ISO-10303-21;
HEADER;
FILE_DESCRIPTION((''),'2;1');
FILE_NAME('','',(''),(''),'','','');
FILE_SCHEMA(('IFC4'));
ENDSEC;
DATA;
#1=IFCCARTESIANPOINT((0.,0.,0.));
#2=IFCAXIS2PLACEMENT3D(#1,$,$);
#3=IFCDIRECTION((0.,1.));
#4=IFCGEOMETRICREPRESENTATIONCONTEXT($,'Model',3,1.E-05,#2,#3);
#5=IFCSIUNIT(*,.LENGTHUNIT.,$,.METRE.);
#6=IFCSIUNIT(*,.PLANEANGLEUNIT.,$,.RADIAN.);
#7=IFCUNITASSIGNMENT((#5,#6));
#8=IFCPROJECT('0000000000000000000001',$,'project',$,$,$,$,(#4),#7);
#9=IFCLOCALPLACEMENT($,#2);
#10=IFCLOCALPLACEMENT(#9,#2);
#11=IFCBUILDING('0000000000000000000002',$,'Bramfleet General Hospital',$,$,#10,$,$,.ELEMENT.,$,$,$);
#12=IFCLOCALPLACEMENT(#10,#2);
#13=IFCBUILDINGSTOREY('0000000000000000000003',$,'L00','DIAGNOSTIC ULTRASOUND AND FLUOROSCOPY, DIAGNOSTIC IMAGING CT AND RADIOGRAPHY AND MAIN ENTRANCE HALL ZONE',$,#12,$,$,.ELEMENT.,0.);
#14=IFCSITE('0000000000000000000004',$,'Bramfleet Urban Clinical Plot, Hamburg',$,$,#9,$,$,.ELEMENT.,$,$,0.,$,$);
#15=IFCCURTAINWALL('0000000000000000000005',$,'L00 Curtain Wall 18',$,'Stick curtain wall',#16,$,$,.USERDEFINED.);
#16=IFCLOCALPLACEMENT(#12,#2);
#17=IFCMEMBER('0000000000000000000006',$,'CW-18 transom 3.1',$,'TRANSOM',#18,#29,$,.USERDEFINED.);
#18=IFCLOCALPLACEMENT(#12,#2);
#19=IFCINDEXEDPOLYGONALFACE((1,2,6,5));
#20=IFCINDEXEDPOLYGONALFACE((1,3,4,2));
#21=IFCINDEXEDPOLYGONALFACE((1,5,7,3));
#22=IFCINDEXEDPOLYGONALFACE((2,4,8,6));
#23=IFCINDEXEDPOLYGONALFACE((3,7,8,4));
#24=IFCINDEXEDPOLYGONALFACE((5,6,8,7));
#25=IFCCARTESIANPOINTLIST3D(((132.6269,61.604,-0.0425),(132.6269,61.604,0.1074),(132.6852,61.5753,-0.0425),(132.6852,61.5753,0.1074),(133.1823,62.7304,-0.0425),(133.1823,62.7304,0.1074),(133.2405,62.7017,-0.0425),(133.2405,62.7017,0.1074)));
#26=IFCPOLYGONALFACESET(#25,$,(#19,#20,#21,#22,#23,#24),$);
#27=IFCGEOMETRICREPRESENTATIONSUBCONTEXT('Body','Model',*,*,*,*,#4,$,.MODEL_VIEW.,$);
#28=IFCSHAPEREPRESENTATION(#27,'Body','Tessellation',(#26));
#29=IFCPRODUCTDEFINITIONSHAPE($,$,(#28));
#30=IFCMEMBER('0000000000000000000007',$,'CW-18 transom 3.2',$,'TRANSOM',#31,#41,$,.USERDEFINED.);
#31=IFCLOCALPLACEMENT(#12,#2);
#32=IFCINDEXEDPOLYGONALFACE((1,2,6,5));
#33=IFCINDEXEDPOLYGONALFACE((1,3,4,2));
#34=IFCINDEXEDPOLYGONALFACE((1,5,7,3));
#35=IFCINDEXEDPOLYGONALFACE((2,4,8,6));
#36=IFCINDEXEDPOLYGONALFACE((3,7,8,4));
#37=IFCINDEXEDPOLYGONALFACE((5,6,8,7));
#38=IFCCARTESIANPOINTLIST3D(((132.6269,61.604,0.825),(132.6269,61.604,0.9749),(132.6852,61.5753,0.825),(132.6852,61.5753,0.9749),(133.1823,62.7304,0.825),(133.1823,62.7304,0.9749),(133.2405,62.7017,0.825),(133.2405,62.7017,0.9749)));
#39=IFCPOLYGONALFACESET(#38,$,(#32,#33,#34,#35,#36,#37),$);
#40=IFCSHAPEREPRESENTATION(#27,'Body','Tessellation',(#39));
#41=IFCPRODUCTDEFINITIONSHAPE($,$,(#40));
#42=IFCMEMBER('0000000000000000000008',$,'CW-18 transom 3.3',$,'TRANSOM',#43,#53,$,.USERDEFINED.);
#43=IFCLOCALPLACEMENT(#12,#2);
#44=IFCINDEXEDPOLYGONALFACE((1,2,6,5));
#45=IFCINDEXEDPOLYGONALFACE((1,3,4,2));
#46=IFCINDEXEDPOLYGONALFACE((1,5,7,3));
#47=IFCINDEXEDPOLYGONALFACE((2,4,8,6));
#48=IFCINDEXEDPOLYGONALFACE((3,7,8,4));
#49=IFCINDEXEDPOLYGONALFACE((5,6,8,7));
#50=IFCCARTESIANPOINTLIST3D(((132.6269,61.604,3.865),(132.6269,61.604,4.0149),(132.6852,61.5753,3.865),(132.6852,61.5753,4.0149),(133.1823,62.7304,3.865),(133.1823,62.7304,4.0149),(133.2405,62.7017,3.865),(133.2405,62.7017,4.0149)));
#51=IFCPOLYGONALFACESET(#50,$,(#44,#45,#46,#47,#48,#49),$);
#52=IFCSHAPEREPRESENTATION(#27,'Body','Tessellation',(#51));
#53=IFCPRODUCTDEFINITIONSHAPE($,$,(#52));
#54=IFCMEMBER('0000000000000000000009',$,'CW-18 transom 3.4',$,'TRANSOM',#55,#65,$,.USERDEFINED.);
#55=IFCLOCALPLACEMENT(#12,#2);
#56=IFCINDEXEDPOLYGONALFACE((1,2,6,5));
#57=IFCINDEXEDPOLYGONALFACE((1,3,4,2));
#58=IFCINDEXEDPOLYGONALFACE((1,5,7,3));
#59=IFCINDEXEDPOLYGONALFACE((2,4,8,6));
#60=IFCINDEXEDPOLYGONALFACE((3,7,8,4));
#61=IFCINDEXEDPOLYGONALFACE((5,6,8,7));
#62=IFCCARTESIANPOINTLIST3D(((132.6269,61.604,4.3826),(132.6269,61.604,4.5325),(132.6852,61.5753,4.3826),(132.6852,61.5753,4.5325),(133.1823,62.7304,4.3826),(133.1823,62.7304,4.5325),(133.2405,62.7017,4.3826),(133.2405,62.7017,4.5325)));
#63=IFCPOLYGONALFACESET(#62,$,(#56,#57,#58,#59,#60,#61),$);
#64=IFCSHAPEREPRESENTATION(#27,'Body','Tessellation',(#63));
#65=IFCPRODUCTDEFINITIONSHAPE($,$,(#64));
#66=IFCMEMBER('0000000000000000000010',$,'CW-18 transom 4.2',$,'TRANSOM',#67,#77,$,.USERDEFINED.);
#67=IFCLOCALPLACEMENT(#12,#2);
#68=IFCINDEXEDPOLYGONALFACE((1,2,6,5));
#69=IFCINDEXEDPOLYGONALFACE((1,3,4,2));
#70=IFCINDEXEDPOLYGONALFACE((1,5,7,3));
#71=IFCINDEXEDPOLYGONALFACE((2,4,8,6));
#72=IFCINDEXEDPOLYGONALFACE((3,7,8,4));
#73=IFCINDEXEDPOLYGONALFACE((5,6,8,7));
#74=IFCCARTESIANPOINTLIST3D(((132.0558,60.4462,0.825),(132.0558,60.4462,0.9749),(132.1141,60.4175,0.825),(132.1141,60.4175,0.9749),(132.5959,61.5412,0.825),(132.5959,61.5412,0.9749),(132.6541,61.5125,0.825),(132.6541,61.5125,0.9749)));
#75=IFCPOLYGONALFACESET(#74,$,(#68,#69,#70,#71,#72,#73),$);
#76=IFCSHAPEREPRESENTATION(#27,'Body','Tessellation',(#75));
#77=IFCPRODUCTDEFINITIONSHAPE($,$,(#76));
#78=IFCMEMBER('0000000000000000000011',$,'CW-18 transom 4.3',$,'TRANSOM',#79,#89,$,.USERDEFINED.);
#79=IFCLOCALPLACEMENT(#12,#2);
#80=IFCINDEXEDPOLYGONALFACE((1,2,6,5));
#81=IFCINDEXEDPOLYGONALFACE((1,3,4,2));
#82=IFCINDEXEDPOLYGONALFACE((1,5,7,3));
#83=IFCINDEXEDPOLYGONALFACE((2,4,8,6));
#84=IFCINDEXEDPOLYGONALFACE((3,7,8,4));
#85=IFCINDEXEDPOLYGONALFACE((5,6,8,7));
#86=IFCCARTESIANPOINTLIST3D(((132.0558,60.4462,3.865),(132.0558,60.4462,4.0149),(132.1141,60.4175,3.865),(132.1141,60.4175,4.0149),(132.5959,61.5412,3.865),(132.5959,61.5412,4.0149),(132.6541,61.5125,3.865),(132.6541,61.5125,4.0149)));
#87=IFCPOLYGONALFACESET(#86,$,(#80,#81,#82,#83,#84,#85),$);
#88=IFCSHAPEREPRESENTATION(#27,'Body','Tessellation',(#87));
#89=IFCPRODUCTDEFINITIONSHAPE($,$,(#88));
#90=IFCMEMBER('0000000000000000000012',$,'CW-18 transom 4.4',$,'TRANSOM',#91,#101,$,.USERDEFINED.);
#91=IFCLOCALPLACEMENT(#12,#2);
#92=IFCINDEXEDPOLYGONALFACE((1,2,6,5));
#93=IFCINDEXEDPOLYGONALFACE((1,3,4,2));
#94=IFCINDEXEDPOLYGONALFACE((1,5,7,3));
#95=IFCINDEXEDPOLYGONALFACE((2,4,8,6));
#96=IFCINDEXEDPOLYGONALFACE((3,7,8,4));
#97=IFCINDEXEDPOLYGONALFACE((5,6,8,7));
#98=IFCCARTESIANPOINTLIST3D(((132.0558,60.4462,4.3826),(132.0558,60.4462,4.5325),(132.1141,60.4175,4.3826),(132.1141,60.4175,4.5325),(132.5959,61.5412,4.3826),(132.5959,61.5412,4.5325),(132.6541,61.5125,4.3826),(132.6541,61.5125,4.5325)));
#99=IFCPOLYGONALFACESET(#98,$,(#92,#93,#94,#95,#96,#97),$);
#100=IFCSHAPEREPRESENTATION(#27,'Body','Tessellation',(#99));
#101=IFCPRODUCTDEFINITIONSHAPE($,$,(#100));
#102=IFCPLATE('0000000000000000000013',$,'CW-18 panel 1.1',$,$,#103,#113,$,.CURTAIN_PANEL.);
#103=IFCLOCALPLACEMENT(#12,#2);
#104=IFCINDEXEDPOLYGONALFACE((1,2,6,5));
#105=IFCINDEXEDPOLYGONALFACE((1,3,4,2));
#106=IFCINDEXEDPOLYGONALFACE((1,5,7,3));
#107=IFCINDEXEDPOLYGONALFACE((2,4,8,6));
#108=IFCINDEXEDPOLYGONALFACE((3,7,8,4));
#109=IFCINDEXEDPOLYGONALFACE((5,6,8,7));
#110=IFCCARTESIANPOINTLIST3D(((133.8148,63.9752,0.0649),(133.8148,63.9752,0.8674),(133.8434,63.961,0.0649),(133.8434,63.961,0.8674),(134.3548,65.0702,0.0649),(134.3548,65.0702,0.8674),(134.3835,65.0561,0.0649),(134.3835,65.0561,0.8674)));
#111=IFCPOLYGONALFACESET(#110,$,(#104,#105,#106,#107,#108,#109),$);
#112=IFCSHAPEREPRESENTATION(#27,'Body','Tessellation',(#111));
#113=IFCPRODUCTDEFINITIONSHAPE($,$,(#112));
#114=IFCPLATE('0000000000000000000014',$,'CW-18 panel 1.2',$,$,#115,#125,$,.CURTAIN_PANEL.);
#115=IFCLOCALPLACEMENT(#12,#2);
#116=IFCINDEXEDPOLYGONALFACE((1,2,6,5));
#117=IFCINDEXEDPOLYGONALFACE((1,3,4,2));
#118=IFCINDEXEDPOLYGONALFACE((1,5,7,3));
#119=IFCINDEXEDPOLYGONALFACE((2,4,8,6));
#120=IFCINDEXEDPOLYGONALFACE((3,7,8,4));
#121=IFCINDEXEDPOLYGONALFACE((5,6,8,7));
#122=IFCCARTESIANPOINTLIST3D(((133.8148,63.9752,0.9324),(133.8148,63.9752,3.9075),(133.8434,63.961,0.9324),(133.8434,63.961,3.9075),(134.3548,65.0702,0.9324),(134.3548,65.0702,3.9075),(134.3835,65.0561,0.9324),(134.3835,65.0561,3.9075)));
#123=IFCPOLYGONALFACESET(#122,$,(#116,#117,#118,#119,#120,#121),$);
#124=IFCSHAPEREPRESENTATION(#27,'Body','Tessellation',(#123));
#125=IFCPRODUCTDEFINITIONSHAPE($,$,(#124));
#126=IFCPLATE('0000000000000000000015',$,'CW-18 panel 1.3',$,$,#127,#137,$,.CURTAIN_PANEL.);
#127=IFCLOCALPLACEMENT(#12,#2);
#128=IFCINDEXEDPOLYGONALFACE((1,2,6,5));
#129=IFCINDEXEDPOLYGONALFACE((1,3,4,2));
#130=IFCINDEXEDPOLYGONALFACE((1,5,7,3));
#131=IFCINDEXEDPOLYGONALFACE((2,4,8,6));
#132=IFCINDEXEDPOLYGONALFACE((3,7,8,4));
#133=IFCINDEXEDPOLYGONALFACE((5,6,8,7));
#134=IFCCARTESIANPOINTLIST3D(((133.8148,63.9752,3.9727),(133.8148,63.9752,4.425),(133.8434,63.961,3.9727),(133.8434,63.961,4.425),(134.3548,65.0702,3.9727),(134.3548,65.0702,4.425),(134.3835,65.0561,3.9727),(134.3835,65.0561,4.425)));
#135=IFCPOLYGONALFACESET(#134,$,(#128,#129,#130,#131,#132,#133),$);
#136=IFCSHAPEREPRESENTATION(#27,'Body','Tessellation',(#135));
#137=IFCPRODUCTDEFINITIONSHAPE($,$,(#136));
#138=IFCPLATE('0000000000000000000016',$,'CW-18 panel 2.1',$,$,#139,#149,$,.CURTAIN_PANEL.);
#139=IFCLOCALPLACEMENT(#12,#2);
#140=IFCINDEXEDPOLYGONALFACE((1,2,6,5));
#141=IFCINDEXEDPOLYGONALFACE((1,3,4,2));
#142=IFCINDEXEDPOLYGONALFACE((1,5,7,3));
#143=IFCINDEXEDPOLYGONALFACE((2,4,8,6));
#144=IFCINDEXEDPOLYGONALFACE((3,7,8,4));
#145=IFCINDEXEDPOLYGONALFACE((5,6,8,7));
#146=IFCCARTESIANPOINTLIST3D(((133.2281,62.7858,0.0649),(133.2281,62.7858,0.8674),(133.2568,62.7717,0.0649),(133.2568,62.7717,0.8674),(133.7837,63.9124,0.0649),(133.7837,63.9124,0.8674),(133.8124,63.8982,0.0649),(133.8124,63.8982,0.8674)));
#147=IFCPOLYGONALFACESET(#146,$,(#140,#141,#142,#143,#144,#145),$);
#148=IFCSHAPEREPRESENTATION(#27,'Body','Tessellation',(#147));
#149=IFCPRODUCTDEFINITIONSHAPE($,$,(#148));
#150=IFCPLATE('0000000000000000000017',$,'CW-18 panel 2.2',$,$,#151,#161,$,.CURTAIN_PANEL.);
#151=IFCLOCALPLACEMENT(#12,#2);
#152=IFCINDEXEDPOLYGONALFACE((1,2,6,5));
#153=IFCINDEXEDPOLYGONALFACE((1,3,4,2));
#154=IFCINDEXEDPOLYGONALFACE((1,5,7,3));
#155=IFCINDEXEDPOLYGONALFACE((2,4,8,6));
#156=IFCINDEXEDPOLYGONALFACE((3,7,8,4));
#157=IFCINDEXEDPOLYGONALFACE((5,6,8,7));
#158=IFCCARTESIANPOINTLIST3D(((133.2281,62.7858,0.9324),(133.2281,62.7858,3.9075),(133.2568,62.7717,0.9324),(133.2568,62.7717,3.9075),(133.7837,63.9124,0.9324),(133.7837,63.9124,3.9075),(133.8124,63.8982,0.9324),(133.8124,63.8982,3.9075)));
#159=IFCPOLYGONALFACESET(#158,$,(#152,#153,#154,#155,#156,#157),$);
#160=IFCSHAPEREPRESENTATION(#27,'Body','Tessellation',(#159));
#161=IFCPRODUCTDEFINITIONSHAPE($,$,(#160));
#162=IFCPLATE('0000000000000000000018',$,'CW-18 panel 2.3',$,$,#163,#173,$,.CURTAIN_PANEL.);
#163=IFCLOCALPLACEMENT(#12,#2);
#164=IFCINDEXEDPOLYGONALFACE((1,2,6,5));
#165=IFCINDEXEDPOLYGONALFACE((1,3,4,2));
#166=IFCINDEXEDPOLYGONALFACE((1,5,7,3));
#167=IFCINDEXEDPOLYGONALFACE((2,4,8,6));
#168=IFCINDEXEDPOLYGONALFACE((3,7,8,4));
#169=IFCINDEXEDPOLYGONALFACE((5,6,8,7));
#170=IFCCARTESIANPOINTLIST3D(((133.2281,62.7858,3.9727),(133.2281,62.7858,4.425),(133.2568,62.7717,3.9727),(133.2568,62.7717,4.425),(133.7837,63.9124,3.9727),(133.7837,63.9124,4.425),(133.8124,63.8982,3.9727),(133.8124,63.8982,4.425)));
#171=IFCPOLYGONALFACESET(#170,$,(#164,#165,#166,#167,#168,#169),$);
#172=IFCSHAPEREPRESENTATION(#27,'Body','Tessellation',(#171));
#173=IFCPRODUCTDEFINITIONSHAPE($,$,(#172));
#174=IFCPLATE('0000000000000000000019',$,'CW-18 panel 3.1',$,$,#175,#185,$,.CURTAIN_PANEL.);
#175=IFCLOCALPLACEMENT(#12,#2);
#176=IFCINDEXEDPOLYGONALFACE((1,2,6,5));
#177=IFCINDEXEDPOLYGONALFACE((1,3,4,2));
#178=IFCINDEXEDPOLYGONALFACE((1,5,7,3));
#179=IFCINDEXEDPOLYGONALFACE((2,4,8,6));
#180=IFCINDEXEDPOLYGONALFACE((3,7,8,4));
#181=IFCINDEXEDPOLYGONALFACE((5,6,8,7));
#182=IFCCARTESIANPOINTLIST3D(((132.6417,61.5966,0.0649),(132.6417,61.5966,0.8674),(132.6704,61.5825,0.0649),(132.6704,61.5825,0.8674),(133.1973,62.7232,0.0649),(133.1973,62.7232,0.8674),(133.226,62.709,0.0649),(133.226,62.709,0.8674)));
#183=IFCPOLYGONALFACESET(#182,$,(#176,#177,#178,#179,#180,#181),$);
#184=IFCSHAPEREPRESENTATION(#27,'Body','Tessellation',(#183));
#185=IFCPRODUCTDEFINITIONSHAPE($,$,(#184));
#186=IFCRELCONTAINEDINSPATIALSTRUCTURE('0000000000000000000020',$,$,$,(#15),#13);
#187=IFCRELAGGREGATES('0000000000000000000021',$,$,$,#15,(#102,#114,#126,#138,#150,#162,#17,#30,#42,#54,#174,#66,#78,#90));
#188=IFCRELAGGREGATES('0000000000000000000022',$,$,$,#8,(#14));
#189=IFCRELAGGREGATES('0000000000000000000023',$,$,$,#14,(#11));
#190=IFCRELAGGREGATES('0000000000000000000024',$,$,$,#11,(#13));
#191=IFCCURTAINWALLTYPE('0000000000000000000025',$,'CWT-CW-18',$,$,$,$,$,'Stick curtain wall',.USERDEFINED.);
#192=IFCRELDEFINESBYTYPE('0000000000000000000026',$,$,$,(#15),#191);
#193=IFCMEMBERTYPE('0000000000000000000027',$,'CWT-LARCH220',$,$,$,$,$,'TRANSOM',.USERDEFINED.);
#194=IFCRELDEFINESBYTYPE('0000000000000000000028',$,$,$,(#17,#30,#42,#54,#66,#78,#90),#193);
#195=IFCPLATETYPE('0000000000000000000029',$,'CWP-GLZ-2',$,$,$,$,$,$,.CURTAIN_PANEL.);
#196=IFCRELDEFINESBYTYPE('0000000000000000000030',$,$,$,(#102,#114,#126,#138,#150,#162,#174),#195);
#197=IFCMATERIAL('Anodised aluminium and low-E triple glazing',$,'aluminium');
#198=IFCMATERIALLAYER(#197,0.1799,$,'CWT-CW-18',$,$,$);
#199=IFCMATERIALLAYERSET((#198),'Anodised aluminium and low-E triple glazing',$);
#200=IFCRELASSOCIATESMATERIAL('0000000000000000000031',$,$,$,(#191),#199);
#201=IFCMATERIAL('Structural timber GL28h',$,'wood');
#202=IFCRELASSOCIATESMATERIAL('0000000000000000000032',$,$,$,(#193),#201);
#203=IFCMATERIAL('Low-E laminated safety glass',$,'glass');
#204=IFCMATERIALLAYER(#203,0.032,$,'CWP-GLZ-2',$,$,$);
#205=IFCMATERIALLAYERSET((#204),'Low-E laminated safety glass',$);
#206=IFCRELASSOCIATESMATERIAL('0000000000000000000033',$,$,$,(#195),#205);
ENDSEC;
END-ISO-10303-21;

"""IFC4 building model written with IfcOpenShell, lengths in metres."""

from ifc_helpers import new_model, si_unit, direction, frame, origin, origin_2d, place, context, subcontext, project, spatial, rectangle, extrude, material, layer, layer_set, material_profile, profile_set, type_object, element, aggregate, save


model = new_model("IFC4")

# Units and contexts
model_context = context("Model", 3, precision=1e-05, world=origin(), true_north=direction((0.0, 1.0)))
body_context = subcontext(model_context, "Body", "Model", "MODEL_VIEW")
ifc_project = project(units=[si_unit("LENGTHUNIT", "METRE"), si_unit("PLANEANGLEUNIT", "RADIAN")], contexts=[model_context])

# Site, building, storey
site_placement = place(None, origin())
site = spatial("IfcSite", under=ifc_project, at=site_placement, Name="Bramfleet Urban Clinical Plot, Hamburg", CompositionType="ELEMENT", RefElevation=0.0)
building_placement = place(site_placement, origin())
building = spatial("IfcBuilding", under=site, at=building_placement, Name="Bramfleet General Hospital", CompositionType="ELEMENT")
storey_placement = place(building_placement, origin())
storey = spatial("IfcBuildingStorey", under=building, at=storey_placement, Name="L00", Description="DIAGNOSTIC ULTRASOUND AND FLUOROSCOPY, DIAGNOSTIC IMAGING CT AND RADIOGRAPHY AND MAIN ENTRANCE HALL ZONE", CompositionType="ELEMENT", Elevation=0.0)

# Shared definitions
ifc_material_1 = material(Name="Anodised aluminium and low-E triple glazing", Category="aluminium")
ifc_material_2 = material(Name="Structural timber GL28h", Category="wood")

# Curtain wall, members, plates
ifc_layer_1 = layer(ifc_material_1, 0.1799, Name="CWT-CW-18")
ifc_layer_set_1 = layer_set([ifc_layer_1], Name="Anodised aluminium and low-E triple glazing")
curtain_wall_type_1 = type_object("IfcCurtainWallType", Name="CWT-CW-18", ElementType="Stick curtain wall", PredefinedType="USERDEFINED", material=ifc_layer_set_1)
curtain_wall_1_placement = place(storey_placement, origin())
curtain_wall_1 = element("IfcCurtainWall", 1, at=curtain_wall_1_placement, inside=storey, type_object=curtain_wall_type_1, Name="L00 Curtain Wall 18", ObjectType="Stick curtain wall", PredefinedType="USERDEFINED")
ifc_material_profile_1 = material_profile(ifc_material_2, rectangle(XDim=0.0649, YDim=0.1499, at=origin_2d()), Name="LARCH 150x65")
ifc_profile_set_1 = profile_set([ifc_material_profile_1], Name="Structural timber GL28h")
member_type_1 = type_object("IfcMemberType", Name="CWT-LARCH220", ElementType="TRANSOM", PredefinedType="USERDEFINED", material=ifc_profile_set_1)
member_1_placement = place(storey_placement, frame((133.2114, 62.7161, 0.0325), z_axis=(-0.44223, -0.896902, 0.0), x_axis=(0.896902, -0.44223, 0.0)))
member_1 = element("IfcMember", 2, at=member_1_placement, type_object=member_type_1, Name="CW-18 transom 3.1", ObjectType="TRANSOM", PredefinedType="USERDEFINED", context=body_context, shape_type="SweptSolid", body=[
    extrude(rectangle(XDim=0.0649, YDim=0.1499, at=origin_2d()), origin(), (0.0, 0.0, 1.0), 1.2559),
])
member_2_placement = place(storey_placement, frame((133.2114, 62.7161, 0.8999), z_axis=(-0.44223, -0.896902, 0.0), x_axis=(0.896902, -0.44223, 0.0)))
member_2 = element("IfcMember", 3, at=member_2_placement, type_object=member_type_1, Name="CW-18 transom 3.2", ObjectType="TRANSOM", PredefinedType="USERDEFINED", context=body_context, shape_type="SweptSolid", body=[
    extrude(rectangle(XDim=0.0649, YDim=0.1499, at=origin_2d()), origin(), (0.0, 0.0, 1.0), 1.2559),
])
member_3_placement = place(storey_placement, frame((133.2114, 62.7161, 3.9399), z_axis=(-0.44223, -0.896902, 0.0), x_axis=(0.896902, -0.44223, 0.0)))
member_3 = element("IfcMember", 4, at=member_3_placement, type_object=member_type_1, Name="CW-18 transom 3.3", ObjectType="TRANSOM", PredefinedType="USERDEFINED", context=body_context, shape_type="SweptSolid", body=[
    extrude(rectangle(XDim=0.0649, YDim=0.1499, at=origin_2d()), origin(), (0.0, 0.0, 1.0), 1.2559),
])
member_4_placement = place(storey_placement, frame((133.2114, 62.7161, 4.4575), z_axis=(-0.44223, -0.896902, 0.0), x_axis=(0.896902, -0.44223, 0.0)))
member_4 = element("IfcMember", 5, at=member_4_placement, type_object=member_type_1, Name="CW-18 transom 3.4", ObjectType="TRANSOM", PredefinedType="USERDEFINED", context=body_context, shape_type="SweptSolid", body=[
    extrude(rectangle(XDim=0.0649, YDim=0.1499, at=origin_2d()), origin(), (0.0, 0.0, 1.0), 1.2559),
])
member_5_placement = place(storey_placement, frame((132.625, 61.5269, 0.8999), z_axis=(-0.442328, -0.896853, 0.0), x_axis=(0.896853, -0.442328, 0.0)))
member_5 = element("IfcMember", 6, at=member_5_placement, type_object=member_type_1, Name="CW-18 transom 4.2", ObjectType="TRANSOM", PredefinedType="USERDEFINED", context=body_context, shape_type="SweptSolid", body=[
    extrude(rectangle(XDim=0.0649, YDim=0.1499, at=origin_2d()), origin(), (0.0, 0.0, 1.0), 1.2209),
])
member_6_placement = place(storey_placement, frame((132.625, 61.5269, 3.9399), z_axis=(-0.442328, -0.896853, 0.0), x_axis=(0.896853, -0.442328, 0.0)))
member_6 = element("IfcMember", 7, at=member_6_placement, type_object=member_type_1, Name="CW-18 transom 4.3", ObjectType="TRANSOM", PredefinedType="USERDEFINED", context=body_context, shape_type="SweptSolid", body=[
    extrude(rectangle(XDim=0.0649, YDim=0.1499, at=origin_2d()), origin(), (0.0, 0.0, 1.0), 1.2209),
])
member_7_placement = place(storey_placement, frame((132.625, 61.5269, 4.4575), z_axis=(-0.442328, -0.896853, 0.0), x_axis=(0.896853, -0.442328, 0.0)))
member_7 = element("IfcMember", 8, at=member_7_placement, type_object=member_type_1, Name="CW-18 transom 4.4", ObjectType="TRANSOM", PredefinedType="USERDEFINED", context=body_context, shape_type="SweptSolid", body=[
    extrude(rectangle(XDim=0.0649, YDim=0.1499, at=origin_2d()), origin(), (0.0, 0.0, 1.0), 1.2209),
])
ifc_material_3 = material(Name="Low-E laminated safety glass", Category="glass")
ifc_layer_2 = layer(ifc_material_3, 0.032, Name="CWP-GLZ-2")
ifc_layer_set_2 = layer_set([ifc_layer_2], Name="Low-E laminated safety glass")
plate_type = type_object("IfcPlateType", Name="CWP-GLZ-2", PredefinedType="CURTAIN_PANEL", material=ifc_layer_set_2)
plate_1_placement = place(storey_placement, frame((134.0991, 64.5156, 0.0649), z_axis=(0.0, 0.0, 1.0), x_axis=(-0.442305, -0.896865, 0.0)))
plate_1 = element("IfcPlate", 9, at=plate_1_placement, type_object=plate_type, Name="CW-18 panel 1.1", PredefinedType="CURTAIN_PANEL", context=body_context, shape_type="SweptSolid", body=[
    extrude(rectangle(XDim=1.2209, YDim=0.032, at=origin_2d()), origin(), (0.0, 0.0, 1.0), 0.8025),
])
plate_2_placement = place(storey_placement, frame((134.0991, 64.5156, 0.9324), z_axis=(0.0, 0.0, 1.0), x_axis=(-0.442305, -0.896865, 0.0)))
plate_2 = element("IfcPlate", 10, at=plate_2_placement, type_object=plate_type, Name="CW-18 panel 1.2", PredefinedType="CURTAIN_PANEL", context=body_context, shape_type="SweptSolid", body=[
    extrude(rectangle(XDim=1.2209, YDim=0.032, at=origin_2d()), origin(), (0.0, 0.0, 1.0), 2.9751),
])
plate_3_placement = place(storey_placement, frame((134.0991, 64.5156, 3.9727), z_axis=(0.0, 0.0, 1.0), x_axis=(-0.442305, -0.896865, 0.0)))
plate_3 = element("IfcPlate", 11, at=plate_3_placement, type_object=plate_type, Name="CW-18 panel 1.3", PredefinedType="CURTAIN_PANEL", context=body_context, shape_type="SweptSolid", body=[
    extrude(rectangle(XDim=1.2209, YDim=0.032, at=origin_2d()), origin(), (0.0, 0.0, 1.0), 0.4524),
])
plate_4_placement = place(storey_placement, frame((133.5203, 63.342, 0.0649), z_axis=(0.0, 0.0, 1.0), x_axis=(-0.442305, -0.896865, 0.0)))
plate_4 = element("IfcPlate", 12, at=plate_4_placement, type_object=plate_type, Name="CW-18 panel 2.1", PredefinedType="CURTAIN_PANEL", context=body_context, shape_type="SweptSolid", body=[
    extrude(rectangle(XDim=1.2561, YDim=0.032, at=origin_2d()), origin(), (0.0, 0.0, 1.0), 0.8025),
])
plate_5_placement = place(storey_placement, frame((133.5203, 63.342, 0.9324), z_axis=(0.0, 0.0, 1.0), x_axis=(-0.442305, -0.896865, 0.0)))
plate_5 = element("IfcPlate", 13, at=plate_5_placement, type_object=plate_type, Name="CW-18 panel 2.2", PredefinedType="CURTAIN_PANEL", context=body_context, shape_type="SweptSolid", body=[
    extrude(rectangle(XDim=1.2561, YDim=0.032, at=origin_2d()), origin(), (0.0, 0.0, 1.0), 2.9751),
])
plate_6_placement = place(storey_placement, frame((133.5203, 63.342, 3.9727), z_axis=(0.0, 0.0, 1.0), x_axis=(-0.442305, -0.896865, 0.0)))
plate_6 = element("IfcPlate", 14, at=plate_6_placement, type_object=plate_type, Name="CW-18 panel 2.3", PredefinedType="CURTAIN_PANEL", context=body_context, shape_type="SweptSolid", body=[
    extrude(rectangle(XDim=1.2561, YDim=0.032, at=origin_2d()), origin(), (0.0, 0.0, 1.0), 0.4524),
])
plate_7_placement = place(storey_placement, frame((132.9338, 62.1528, 0.0649), z_axis=(0.0, 0.0, 1.0), x_axis=(-0.442305, -0.896865, 0.0)))
plate_7 = element("IfcPlate", 15, at=plate_7_placement, type_object=plate_type, Name="CW-18 panel 3.1", PredefinedType="CURTAIN_PANEL", context=body_context, shape_type="SweptSolid", body=[
    extrude(rectangle(XDim=1.2561, YDim=0.032, at=origin_2d()), origin(), (0.0, 0.0, 1.0), 0.8025),
])
aggregate(curtain_wall_1, [plate_1, plate_2, plate_3, plate_4, plate_5, plate_6, member_1, member_2, member_3, member_4, plate_7, member_5, member_6, member_7])

save(model, "model.ifc")
